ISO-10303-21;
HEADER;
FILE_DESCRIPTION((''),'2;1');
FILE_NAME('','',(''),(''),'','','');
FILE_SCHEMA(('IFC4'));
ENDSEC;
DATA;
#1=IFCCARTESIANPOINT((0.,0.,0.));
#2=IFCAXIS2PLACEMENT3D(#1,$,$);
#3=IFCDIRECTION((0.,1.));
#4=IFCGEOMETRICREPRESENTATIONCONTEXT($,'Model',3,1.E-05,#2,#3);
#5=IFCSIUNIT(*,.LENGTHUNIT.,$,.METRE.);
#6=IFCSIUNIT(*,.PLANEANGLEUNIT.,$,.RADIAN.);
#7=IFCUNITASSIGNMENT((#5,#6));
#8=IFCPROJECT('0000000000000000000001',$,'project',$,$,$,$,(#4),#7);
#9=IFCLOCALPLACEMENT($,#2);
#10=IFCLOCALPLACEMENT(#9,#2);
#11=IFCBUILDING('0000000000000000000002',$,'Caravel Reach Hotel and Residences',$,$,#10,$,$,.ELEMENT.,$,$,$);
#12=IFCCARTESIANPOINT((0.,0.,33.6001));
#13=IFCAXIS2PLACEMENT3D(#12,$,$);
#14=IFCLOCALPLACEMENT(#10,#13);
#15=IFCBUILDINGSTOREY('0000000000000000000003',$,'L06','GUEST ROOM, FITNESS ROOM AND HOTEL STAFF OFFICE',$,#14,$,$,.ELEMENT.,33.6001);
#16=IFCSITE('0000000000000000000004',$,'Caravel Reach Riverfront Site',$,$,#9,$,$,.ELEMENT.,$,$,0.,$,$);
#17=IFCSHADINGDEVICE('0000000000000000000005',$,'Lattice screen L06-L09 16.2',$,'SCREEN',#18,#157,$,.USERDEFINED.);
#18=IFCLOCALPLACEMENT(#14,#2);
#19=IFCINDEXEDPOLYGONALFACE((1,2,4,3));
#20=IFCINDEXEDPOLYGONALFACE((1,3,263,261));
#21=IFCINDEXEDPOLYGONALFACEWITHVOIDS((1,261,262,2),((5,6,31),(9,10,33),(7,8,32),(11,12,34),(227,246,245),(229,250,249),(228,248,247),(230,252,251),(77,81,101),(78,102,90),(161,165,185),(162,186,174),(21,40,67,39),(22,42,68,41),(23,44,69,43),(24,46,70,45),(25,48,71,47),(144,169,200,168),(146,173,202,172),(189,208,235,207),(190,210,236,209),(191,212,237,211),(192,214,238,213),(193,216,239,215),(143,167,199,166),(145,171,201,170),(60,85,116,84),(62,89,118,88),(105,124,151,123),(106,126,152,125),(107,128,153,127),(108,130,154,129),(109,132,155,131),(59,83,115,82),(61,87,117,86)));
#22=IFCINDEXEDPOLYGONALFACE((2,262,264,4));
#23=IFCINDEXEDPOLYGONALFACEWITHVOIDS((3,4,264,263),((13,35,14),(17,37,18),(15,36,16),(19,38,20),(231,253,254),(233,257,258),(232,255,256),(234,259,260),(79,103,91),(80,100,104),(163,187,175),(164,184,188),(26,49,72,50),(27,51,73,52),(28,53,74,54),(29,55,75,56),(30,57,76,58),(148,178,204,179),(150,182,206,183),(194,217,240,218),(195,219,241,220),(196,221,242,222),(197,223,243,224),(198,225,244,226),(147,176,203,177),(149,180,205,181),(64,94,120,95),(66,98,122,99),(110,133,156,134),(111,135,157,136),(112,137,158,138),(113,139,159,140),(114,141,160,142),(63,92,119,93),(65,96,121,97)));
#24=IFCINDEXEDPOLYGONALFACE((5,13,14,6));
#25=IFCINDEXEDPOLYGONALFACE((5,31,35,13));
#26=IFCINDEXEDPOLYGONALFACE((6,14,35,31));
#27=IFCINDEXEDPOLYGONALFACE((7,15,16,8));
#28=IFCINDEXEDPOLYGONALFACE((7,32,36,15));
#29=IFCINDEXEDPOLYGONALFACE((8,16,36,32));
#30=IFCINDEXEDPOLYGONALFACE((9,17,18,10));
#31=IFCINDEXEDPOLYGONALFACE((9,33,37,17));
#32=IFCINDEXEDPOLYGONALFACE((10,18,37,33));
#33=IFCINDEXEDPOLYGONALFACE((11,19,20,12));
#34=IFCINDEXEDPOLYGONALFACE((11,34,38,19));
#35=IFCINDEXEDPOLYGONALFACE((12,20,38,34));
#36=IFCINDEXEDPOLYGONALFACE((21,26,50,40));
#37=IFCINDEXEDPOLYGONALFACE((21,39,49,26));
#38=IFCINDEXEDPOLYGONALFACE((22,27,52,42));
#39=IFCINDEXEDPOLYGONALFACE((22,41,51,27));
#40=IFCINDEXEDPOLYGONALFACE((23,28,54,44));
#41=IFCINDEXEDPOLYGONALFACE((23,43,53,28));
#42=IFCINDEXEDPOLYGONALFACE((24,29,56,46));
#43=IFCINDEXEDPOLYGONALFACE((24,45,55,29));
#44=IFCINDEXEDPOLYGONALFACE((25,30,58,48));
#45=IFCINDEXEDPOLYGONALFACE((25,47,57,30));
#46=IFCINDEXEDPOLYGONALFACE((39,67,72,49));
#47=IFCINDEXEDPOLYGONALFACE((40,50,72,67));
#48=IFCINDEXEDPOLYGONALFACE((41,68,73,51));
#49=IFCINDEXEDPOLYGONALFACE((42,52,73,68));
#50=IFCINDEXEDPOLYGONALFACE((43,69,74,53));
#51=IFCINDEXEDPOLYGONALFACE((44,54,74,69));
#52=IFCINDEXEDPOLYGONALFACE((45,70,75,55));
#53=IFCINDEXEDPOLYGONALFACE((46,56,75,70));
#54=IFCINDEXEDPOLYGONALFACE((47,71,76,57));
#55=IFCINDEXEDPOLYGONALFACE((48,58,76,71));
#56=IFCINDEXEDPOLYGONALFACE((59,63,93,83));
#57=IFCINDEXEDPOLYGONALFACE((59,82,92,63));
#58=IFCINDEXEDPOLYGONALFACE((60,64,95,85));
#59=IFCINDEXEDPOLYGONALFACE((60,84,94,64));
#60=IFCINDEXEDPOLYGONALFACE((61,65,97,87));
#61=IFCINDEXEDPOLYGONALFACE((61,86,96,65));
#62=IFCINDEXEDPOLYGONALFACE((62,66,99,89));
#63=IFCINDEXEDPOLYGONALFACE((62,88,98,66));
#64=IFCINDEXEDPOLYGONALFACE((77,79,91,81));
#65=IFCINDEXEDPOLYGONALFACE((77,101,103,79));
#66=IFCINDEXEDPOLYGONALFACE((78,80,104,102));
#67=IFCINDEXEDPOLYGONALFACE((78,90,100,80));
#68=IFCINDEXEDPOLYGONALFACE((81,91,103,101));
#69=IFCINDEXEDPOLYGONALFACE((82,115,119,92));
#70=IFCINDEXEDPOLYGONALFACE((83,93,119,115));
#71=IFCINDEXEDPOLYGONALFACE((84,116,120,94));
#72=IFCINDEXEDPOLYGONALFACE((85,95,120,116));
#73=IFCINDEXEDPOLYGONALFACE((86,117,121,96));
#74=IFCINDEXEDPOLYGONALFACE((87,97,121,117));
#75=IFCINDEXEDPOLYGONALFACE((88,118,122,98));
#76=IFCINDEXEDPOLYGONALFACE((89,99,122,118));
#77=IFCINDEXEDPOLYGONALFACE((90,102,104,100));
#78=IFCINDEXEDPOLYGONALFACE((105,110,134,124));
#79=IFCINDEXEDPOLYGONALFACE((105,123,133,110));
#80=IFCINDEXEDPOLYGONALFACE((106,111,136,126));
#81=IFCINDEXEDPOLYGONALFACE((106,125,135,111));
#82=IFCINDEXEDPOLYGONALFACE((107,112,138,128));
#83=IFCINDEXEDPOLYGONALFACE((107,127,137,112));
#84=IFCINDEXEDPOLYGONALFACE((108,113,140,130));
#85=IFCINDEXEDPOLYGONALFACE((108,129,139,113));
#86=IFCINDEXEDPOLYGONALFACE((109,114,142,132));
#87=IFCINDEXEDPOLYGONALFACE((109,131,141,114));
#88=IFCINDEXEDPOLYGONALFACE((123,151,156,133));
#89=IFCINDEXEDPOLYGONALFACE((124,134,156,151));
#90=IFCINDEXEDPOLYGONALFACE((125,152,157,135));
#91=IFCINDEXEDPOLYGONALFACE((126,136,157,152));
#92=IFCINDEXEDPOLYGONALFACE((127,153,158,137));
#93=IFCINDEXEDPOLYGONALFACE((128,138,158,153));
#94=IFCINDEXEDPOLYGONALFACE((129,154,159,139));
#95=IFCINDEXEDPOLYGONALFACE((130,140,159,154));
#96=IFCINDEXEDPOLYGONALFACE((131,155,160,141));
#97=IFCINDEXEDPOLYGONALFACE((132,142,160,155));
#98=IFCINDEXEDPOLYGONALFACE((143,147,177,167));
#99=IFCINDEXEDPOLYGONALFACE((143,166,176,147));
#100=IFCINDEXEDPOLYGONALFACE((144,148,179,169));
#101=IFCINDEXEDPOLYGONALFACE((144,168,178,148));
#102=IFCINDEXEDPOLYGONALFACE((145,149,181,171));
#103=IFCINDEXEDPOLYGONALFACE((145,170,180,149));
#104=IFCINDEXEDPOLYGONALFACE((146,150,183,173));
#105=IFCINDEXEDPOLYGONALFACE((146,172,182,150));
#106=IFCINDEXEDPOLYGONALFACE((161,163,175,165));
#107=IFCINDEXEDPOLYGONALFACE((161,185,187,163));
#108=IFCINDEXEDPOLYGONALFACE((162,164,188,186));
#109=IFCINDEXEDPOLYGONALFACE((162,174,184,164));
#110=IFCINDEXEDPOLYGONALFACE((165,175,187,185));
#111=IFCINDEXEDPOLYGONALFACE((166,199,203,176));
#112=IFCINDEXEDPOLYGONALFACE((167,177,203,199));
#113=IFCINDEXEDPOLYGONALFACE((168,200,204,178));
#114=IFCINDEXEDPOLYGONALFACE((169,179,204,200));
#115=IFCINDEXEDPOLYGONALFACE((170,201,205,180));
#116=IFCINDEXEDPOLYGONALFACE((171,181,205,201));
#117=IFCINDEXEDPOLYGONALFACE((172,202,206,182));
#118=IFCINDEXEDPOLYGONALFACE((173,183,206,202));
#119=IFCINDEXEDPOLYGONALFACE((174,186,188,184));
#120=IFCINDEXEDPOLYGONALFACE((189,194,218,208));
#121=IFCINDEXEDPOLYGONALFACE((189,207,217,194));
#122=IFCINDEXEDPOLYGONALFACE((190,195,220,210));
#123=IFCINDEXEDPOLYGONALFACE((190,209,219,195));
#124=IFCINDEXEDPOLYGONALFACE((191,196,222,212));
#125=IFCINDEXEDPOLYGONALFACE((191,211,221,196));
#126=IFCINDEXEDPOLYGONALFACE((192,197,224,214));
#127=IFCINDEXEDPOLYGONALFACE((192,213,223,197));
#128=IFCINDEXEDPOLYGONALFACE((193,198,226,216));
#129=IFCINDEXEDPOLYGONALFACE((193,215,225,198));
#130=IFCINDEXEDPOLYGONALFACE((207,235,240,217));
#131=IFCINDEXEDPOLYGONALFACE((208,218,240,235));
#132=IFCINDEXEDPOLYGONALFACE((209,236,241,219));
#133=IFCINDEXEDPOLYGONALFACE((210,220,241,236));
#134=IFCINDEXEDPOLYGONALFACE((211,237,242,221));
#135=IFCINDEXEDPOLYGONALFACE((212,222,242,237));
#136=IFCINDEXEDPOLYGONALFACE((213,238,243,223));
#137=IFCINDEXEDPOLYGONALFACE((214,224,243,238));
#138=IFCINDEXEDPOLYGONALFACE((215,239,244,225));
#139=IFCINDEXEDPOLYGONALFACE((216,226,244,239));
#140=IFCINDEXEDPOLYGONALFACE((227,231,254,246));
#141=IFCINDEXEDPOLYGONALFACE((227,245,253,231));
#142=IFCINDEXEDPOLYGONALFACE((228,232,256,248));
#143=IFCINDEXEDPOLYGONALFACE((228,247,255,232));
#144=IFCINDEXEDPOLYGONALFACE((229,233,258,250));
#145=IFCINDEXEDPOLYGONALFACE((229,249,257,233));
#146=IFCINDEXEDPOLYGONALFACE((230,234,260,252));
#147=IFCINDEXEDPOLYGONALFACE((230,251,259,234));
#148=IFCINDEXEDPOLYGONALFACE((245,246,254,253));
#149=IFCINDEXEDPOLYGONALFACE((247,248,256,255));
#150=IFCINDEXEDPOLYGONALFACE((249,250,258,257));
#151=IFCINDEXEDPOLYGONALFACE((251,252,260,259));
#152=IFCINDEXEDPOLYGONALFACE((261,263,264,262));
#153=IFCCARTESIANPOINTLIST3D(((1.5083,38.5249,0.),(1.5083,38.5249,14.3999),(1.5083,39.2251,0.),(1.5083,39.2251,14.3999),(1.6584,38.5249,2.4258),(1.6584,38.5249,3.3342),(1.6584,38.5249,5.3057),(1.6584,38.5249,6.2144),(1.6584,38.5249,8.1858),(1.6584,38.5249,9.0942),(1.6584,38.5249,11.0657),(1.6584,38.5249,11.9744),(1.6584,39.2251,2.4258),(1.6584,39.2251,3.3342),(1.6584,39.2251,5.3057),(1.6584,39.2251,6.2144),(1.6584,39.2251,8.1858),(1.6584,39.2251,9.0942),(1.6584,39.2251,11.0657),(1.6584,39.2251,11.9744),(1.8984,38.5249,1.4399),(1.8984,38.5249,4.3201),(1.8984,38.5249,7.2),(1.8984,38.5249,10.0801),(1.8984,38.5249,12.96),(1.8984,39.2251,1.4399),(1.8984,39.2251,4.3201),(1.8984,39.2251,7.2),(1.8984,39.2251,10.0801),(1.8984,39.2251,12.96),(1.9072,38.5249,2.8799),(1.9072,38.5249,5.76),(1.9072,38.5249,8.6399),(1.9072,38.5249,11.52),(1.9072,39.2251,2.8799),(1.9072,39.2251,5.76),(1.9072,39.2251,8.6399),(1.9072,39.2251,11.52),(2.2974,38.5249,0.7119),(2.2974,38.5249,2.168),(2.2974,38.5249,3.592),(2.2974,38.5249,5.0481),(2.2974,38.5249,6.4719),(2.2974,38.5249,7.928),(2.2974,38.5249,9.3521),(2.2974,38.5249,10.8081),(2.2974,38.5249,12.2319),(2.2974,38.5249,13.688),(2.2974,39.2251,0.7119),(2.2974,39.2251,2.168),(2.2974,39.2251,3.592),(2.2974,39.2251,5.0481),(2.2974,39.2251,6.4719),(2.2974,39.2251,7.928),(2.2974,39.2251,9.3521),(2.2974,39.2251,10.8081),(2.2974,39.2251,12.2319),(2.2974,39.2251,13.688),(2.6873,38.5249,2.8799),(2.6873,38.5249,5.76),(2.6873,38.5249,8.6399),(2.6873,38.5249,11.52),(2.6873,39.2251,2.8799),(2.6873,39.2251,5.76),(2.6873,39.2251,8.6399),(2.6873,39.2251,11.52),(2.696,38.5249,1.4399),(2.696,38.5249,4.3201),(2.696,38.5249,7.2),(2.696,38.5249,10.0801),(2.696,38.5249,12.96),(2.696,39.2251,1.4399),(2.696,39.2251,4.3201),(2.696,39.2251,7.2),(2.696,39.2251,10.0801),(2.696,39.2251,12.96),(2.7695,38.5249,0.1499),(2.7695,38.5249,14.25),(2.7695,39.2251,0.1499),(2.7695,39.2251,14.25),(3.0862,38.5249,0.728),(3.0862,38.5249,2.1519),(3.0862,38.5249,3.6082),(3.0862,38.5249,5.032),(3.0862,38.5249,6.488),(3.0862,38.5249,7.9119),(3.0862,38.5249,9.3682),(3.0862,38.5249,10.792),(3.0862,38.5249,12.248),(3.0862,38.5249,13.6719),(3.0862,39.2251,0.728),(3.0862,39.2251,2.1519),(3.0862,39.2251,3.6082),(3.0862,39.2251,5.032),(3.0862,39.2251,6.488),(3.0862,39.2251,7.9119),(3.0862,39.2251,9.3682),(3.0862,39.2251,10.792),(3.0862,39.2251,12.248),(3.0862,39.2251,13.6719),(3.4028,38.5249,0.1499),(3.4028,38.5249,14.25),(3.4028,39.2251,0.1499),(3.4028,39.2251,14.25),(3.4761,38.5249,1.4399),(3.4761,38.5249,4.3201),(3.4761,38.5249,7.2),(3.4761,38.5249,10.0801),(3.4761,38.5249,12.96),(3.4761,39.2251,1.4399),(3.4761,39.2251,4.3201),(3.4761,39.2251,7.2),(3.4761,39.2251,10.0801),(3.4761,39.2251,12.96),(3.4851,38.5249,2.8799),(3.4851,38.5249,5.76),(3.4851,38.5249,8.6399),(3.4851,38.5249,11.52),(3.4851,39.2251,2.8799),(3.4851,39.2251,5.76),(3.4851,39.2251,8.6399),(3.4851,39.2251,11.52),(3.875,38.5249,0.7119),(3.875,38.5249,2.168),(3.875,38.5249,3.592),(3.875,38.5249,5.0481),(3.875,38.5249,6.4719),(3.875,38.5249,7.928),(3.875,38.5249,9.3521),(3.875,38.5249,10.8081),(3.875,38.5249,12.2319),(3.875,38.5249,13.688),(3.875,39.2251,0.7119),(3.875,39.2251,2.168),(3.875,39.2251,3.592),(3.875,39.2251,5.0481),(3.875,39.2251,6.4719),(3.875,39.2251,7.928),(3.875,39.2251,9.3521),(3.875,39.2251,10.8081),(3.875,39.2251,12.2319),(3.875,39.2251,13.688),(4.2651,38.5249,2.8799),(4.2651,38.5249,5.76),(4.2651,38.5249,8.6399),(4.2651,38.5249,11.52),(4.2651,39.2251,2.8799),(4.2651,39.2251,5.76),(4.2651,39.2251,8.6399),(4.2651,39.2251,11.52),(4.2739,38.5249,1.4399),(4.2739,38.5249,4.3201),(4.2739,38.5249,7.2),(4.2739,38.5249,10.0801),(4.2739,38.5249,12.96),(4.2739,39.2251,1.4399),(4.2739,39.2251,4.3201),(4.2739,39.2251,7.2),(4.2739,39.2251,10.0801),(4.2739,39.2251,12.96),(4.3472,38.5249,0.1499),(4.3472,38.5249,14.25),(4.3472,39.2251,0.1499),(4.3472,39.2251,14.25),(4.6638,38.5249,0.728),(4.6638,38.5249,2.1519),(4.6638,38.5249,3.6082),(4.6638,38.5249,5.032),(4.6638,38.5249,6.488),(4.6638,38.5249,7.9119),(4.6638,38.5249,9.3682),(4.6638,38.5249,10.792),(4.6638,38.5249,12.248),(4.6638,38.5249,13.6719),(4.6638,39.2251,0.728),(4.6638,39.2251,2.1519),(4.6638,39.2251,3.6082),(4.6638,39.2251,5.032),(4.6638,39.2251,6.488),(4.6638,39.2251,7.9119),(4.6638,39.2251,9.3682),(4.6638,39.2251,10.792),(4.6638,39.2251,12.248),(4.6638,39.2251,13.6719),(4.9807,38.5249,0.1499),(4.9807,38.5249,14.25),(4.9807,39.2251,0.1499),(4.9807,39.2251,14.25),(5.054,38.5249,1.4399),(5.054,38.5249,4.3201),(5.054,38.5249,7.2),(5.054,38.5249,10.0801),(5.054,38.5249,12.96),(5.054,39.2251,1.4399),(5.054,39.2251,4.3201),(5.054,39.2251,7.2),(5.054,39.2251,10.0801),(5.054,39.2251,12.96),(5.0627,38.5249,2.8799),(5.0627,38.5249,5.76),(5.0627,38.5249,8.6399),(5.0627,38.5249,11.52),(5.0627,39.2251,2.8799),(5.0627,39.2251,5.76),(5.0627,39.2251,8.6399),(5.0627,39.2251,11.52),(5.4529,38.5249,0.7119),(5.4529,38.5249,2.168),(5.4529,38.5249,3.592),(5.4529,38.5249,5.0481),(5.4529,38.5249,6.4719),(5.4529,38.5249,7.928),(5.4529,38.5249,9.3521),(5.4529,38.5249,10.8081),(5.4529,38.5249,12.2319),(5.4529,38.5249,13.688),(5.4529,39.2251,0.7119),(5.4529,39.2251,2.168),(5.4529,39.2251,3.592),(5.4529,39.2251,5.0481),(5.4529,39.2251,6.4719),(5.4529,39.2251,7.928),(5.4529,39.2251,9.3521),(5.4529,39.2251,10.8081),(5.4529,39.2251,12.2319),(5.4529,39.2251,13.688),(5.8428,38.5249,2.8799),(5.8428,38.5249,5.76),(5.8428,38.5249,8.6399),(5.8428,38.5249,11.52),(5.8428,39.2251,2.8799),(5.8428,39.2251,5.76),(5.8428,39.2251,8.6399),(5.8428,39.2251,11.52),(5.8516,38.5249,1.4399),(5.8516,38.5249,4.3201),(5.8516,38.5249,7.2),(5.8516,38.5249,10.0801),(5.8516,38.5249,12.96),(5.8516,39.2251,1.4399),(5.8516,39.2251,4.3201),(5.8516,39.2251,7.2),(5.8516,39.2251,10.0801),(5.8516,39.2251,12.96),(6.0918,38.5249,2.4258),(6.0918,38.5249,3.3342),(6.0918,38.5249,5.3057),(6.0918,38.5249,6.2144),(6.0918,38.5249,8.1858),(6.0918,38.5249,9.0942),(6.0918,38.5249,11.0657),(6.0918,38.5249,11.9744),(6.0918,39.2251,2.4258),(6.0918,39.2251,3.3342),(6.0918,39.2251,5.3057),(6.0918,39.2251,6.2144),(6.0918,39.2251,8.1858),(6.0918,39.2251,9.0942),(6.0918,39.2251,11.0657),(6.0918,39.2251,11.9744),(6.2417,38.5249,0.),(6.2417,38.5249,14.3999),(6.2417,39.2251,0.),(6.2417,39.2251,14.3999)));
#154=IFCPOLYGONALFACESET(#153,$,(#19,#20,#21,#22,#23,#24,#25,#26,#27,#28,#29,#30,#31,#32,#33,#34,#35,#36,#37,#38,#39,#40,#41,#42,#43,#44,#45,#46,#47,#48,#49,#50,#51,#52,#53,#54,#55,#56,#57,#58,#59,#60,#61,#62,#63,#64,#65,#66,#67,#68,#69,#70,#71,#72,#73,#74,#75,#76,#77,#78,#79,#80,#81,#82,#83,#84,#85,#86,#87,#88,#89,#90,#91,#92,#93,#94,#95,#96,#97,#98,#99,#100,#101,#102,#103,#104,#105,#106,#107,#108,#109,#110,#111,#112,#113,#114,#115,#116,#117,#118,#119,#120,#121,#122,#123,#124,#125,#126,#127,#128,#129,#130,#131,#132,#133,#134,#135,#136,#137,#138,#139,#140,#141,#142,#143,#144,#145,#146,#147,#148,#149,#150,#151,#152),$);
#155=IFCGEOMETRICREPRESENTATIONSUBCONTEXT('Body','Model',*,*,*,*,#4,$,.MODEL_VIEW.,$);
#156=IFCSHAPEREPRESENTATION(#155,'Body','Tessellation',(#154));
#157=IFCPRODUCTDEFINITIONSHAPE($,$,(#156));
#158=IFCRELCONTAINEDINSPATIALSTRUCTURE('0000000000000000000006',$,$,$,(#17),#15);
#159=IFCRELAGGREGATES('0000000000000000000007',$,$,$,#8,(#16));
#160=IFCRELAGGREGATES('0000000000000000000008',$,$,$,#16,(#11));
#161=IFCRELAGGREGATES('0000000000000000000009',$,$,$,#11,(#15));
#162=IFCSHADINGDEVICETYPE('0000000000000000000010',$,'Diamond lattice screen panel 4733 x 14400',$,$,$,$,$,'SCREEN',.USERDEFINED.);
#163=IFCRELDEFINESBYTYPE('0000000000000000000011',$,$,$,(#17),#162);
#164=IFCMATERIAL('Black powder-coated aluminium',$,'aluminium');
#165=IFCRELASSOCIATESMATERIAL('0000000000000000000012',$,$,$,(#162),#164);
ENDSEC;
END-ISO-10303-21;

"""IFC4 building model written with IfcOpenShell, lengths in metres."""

from ifc_helpers import new_model, si_unit, direction, frame, origin, place, context, subcontext, project, spatial, polyline, outline, extrude, material, type_object, element, save


model = new_model("IFC4")

# Units and contexts
model_context = context("Model", 3, precision=1e-05, world=origin(), true_north=direction((0.0, 1.0)))
body_context = subcontext(model_context, "Body", "Model", "MODEL_VIEW")
ifc_project = project(units=[si_unit("LENGTHUNIT", "METRE"), si_unit("PLANEANGLEUNIT", "RADIAN")], contexts=[model_context])

# Site, building, storey
site_placement = place(None, origin())
site = spatial("IfcSite", under=ifc_project, at=site_placement, Name="Caravel Reach Riverfront Site", CompositionType="ELEMENT", RefElevation=0.0)
building_placement = place(site_placement, origin())
building = spatial("IfcBuilding", under=site, at=building_placement, Name="Caravel Reach Hotel and Residences", CompositionType="ELEMENT")
storey_placement = place(building_placement, frame((0.0, 0.0, 33.6001)))
storey = spatial("IfcBuildingStorey", under=building, at=storey_placement, Name="L06", Description="GUEST ROOM, FITNESS ROOM AND HOTEL STAFF OFFICE", CompositionType="ELEMENT", Elevation=33.6001)

# Shading device
ifc_material_1 = material(Name="Black powder-coated aluminium", Category="aluminium")
shading_device_type_1 = type_object("IfcShadingDeviceType", Name="Diamond lattice screen panel 4733 x 14400", ElementType="SCREEN", PredefinedType="USERDEFINED", material=ifc_material_1)
shading_device_1_placement = place(storey_placement, frame((6.2417, 38.5249, 0.0), z_axis=(0.0, 1.0, 0.0), x_axis=(-1.0, 0.0, 0.0)))
element("IfcShadingDevice", 1, at=shading_device_1_placement, inside=storey, type_object=shading_device_type_1, Name="Lattice screen L06-L09 16.2", ObjectType="SCREEN", PredefinedType="USERDEFINED", context=body_context, shape_type="SweptSolid", body=[
    extrude(outline(polyline([(0.0, 0.0), (4.7334, 0.0), (4.7334, 14.3999), (0.0, 14.3999), (0.0, 0.0)]), holes=[polyline([(0.3989, 2.8799), (0.1499, 3.3342), (0.1499, 2.4258), (0.3989, 2.8799)]), polyline([(0.3989, 5.76), (0.1499, 6.2144), (0.1499, 5.3057), (0.3989, 5.76)]), polyline([(0.3989, 8.6399), (0.1499, 9.0942), (0.1499, 8.1858), (0.3989, 8.6399)]), polyline([(0.3989, 11.52), (0.1499, 11.9744), (0.1499, 11.0657), (0.3989, 11.52)]), polyline([(0.7888, 2.168), (0.3901, 1.4399), (0.7888, 0.7119), (1.1877, 1.4399), (0.7888, 2.168)]), polyline([(0.7888, 5.0481), (0.3901, 4.3201), (0.7888, 3.592), (1.1877, 4.3201), (0.7888, 5.0481)]), polyline([(0.7888, 7.928), (0.3901, 7.2), (0.7888, 6.4719), (1.1877, 7.2), (0.7888, 7.928)]), polyline([(0.7888, 10.8081), (0.3901, 10.0801), (0.7888, 9.3521), (1.1877, 10.0801), (0.7888, 10.8081)]), polyline([(0.7888, 13.688), (0.3901, 12.96), (0.7888, 12.2319), (1.1877, 12.96), (0.7888, 13.688)]), polyline([(1.5779, 0.728), (1.261, 0.1499), (1.8945, 0.1499), (1.5779, 0.728)]), polyline([(1.5779, 3.6082), (1.179, 2.8799), (1.5779, 2.1519), (1.9766, 2.8799), (1.5779, 3.6082)]), polyline([(1.5779, 6.488), (1.179, 5.76), (1.5779, 5.032), (1.9766, 5.76), (1.5779, 6.488)]), polyline([(1.5779, 9.3682), (1.179, 8.6399), (1.5779, 7.9119), (1.9766, 8.6399), (1.5779, 9.3682)]), polyline([(1.5779, 12.248), (1.179, 11.52), (1.5779, 10.792), (1.9766, 11.52), (1.5779, 12.248)]), polyline([(1.5779, 13.6719), (1.8945, 14.25), (1.261, 14.25), (1.5779, 13.6719)]), polyline([(2.3667, 2.168), (1.9678, 1.4399), (2.3667, 0.7119), (2.7656, 1.4399), (2.3667, 2.168)]), polyline([(2.3667, 5.0481), (1.9678, 4.3201), (2.3667, 3.592), (2.7656, 4.3201), (2.3667, 5.0481)]), polyline([(2.3667, 7.928), (1.9678, 7.2), (2.3667, 6.4719), (2.7656, 7.2), (2.3667, 7.928)]), polyline([(2.3667, 10.8081), (1.9678, 10.0801), (2.3667, 9.3521), (2.7656, 10.0801), (2.3667, 10.8081)]), polyline([(2.3667, 13.688), (1.9678, 12.96), (2.3667, 12.2319), (2.7656, 12.96), (2.3667, 13.688)]), polyline([(3.1555, 0.728), (2.8389, 0.1499), (3.4722, 0.1499), (3.1555, 0.728)]), polyline([(3.1555, 3.6082), (2.7566, 2.8799), (3.1555, 2.1519), (3.5544, 2.8799), (3.1555, 3.6082)]), polyline([(3.1555, 6.488), (2.7566, 5.76), (3.1555, 5.032), (3.5544, 5.76), (3.1555, 6.488)]), polyline([(3.1555, 9.3682), (2.7566, 8.6399), (3.1555, 7.9119), (3.5544, 8.6399), (3.1555, 9.3682)]), polyline([(3.1555, 12.248), (2.7566, 11.52), (3.1555, 10.792), (3.5544, 11.52), (3.1555, 12.248)]), polyline([(3.1555, 13.6719), (3.4722, 14.25), (2.8389, 14.25), (3.1555, 13.6719)]), polyline([(3.9443, 2.168), (3.5457, 1.4399), (3.9443, 0.7119), (4.3433, 1.4399), (3.9443, 2.168)]), polyline([(3.9443, 5.0481), (3.5457, 4.3201), (3.9443, 3.592), (4.3433, 4.3201), (3.9443, 5.0481)]), polyline([(3.9443, 7.928), (3.5457, 7.2), (3.9443, 6.4719), (4.3433, 7.2), (3.9443, 7.928)]), polyline([(3.9443, 10.8081), (3.5457, 10.0801), (3.9443, 9.3521), (4.3433, 10.0801), (3.9443, 10.8081)]), polyline([(3.9443, 13.688), (3.5457, 12.96), (3.9443, 12.2319), (4.3433, 12.96), (3.9443, 13.688)]), polyline([(4.3345, 2.8799), (4.5833, 2.4258), (4.5833, 3.3342), (4.3345, 2.8799)]), polyline([(4.3345, 5.76), (4.5833, 5.3057), (4.5833, 6.2144), (4.3345, 5.76)]), polyline([(4.3345, 8.6399), (4.5833, 8.1858), (4.5833, 9.0942), (4.3345, 8.6399)]), polyline([(4.3345, 11.52), (4.5833, 11.0657), (4.5833, 11.9744), (4.3345, 11.52)])]), origin(), (0.0, 0.0, 1.0), 0.7002),
])

save(model, "model.ifc")
